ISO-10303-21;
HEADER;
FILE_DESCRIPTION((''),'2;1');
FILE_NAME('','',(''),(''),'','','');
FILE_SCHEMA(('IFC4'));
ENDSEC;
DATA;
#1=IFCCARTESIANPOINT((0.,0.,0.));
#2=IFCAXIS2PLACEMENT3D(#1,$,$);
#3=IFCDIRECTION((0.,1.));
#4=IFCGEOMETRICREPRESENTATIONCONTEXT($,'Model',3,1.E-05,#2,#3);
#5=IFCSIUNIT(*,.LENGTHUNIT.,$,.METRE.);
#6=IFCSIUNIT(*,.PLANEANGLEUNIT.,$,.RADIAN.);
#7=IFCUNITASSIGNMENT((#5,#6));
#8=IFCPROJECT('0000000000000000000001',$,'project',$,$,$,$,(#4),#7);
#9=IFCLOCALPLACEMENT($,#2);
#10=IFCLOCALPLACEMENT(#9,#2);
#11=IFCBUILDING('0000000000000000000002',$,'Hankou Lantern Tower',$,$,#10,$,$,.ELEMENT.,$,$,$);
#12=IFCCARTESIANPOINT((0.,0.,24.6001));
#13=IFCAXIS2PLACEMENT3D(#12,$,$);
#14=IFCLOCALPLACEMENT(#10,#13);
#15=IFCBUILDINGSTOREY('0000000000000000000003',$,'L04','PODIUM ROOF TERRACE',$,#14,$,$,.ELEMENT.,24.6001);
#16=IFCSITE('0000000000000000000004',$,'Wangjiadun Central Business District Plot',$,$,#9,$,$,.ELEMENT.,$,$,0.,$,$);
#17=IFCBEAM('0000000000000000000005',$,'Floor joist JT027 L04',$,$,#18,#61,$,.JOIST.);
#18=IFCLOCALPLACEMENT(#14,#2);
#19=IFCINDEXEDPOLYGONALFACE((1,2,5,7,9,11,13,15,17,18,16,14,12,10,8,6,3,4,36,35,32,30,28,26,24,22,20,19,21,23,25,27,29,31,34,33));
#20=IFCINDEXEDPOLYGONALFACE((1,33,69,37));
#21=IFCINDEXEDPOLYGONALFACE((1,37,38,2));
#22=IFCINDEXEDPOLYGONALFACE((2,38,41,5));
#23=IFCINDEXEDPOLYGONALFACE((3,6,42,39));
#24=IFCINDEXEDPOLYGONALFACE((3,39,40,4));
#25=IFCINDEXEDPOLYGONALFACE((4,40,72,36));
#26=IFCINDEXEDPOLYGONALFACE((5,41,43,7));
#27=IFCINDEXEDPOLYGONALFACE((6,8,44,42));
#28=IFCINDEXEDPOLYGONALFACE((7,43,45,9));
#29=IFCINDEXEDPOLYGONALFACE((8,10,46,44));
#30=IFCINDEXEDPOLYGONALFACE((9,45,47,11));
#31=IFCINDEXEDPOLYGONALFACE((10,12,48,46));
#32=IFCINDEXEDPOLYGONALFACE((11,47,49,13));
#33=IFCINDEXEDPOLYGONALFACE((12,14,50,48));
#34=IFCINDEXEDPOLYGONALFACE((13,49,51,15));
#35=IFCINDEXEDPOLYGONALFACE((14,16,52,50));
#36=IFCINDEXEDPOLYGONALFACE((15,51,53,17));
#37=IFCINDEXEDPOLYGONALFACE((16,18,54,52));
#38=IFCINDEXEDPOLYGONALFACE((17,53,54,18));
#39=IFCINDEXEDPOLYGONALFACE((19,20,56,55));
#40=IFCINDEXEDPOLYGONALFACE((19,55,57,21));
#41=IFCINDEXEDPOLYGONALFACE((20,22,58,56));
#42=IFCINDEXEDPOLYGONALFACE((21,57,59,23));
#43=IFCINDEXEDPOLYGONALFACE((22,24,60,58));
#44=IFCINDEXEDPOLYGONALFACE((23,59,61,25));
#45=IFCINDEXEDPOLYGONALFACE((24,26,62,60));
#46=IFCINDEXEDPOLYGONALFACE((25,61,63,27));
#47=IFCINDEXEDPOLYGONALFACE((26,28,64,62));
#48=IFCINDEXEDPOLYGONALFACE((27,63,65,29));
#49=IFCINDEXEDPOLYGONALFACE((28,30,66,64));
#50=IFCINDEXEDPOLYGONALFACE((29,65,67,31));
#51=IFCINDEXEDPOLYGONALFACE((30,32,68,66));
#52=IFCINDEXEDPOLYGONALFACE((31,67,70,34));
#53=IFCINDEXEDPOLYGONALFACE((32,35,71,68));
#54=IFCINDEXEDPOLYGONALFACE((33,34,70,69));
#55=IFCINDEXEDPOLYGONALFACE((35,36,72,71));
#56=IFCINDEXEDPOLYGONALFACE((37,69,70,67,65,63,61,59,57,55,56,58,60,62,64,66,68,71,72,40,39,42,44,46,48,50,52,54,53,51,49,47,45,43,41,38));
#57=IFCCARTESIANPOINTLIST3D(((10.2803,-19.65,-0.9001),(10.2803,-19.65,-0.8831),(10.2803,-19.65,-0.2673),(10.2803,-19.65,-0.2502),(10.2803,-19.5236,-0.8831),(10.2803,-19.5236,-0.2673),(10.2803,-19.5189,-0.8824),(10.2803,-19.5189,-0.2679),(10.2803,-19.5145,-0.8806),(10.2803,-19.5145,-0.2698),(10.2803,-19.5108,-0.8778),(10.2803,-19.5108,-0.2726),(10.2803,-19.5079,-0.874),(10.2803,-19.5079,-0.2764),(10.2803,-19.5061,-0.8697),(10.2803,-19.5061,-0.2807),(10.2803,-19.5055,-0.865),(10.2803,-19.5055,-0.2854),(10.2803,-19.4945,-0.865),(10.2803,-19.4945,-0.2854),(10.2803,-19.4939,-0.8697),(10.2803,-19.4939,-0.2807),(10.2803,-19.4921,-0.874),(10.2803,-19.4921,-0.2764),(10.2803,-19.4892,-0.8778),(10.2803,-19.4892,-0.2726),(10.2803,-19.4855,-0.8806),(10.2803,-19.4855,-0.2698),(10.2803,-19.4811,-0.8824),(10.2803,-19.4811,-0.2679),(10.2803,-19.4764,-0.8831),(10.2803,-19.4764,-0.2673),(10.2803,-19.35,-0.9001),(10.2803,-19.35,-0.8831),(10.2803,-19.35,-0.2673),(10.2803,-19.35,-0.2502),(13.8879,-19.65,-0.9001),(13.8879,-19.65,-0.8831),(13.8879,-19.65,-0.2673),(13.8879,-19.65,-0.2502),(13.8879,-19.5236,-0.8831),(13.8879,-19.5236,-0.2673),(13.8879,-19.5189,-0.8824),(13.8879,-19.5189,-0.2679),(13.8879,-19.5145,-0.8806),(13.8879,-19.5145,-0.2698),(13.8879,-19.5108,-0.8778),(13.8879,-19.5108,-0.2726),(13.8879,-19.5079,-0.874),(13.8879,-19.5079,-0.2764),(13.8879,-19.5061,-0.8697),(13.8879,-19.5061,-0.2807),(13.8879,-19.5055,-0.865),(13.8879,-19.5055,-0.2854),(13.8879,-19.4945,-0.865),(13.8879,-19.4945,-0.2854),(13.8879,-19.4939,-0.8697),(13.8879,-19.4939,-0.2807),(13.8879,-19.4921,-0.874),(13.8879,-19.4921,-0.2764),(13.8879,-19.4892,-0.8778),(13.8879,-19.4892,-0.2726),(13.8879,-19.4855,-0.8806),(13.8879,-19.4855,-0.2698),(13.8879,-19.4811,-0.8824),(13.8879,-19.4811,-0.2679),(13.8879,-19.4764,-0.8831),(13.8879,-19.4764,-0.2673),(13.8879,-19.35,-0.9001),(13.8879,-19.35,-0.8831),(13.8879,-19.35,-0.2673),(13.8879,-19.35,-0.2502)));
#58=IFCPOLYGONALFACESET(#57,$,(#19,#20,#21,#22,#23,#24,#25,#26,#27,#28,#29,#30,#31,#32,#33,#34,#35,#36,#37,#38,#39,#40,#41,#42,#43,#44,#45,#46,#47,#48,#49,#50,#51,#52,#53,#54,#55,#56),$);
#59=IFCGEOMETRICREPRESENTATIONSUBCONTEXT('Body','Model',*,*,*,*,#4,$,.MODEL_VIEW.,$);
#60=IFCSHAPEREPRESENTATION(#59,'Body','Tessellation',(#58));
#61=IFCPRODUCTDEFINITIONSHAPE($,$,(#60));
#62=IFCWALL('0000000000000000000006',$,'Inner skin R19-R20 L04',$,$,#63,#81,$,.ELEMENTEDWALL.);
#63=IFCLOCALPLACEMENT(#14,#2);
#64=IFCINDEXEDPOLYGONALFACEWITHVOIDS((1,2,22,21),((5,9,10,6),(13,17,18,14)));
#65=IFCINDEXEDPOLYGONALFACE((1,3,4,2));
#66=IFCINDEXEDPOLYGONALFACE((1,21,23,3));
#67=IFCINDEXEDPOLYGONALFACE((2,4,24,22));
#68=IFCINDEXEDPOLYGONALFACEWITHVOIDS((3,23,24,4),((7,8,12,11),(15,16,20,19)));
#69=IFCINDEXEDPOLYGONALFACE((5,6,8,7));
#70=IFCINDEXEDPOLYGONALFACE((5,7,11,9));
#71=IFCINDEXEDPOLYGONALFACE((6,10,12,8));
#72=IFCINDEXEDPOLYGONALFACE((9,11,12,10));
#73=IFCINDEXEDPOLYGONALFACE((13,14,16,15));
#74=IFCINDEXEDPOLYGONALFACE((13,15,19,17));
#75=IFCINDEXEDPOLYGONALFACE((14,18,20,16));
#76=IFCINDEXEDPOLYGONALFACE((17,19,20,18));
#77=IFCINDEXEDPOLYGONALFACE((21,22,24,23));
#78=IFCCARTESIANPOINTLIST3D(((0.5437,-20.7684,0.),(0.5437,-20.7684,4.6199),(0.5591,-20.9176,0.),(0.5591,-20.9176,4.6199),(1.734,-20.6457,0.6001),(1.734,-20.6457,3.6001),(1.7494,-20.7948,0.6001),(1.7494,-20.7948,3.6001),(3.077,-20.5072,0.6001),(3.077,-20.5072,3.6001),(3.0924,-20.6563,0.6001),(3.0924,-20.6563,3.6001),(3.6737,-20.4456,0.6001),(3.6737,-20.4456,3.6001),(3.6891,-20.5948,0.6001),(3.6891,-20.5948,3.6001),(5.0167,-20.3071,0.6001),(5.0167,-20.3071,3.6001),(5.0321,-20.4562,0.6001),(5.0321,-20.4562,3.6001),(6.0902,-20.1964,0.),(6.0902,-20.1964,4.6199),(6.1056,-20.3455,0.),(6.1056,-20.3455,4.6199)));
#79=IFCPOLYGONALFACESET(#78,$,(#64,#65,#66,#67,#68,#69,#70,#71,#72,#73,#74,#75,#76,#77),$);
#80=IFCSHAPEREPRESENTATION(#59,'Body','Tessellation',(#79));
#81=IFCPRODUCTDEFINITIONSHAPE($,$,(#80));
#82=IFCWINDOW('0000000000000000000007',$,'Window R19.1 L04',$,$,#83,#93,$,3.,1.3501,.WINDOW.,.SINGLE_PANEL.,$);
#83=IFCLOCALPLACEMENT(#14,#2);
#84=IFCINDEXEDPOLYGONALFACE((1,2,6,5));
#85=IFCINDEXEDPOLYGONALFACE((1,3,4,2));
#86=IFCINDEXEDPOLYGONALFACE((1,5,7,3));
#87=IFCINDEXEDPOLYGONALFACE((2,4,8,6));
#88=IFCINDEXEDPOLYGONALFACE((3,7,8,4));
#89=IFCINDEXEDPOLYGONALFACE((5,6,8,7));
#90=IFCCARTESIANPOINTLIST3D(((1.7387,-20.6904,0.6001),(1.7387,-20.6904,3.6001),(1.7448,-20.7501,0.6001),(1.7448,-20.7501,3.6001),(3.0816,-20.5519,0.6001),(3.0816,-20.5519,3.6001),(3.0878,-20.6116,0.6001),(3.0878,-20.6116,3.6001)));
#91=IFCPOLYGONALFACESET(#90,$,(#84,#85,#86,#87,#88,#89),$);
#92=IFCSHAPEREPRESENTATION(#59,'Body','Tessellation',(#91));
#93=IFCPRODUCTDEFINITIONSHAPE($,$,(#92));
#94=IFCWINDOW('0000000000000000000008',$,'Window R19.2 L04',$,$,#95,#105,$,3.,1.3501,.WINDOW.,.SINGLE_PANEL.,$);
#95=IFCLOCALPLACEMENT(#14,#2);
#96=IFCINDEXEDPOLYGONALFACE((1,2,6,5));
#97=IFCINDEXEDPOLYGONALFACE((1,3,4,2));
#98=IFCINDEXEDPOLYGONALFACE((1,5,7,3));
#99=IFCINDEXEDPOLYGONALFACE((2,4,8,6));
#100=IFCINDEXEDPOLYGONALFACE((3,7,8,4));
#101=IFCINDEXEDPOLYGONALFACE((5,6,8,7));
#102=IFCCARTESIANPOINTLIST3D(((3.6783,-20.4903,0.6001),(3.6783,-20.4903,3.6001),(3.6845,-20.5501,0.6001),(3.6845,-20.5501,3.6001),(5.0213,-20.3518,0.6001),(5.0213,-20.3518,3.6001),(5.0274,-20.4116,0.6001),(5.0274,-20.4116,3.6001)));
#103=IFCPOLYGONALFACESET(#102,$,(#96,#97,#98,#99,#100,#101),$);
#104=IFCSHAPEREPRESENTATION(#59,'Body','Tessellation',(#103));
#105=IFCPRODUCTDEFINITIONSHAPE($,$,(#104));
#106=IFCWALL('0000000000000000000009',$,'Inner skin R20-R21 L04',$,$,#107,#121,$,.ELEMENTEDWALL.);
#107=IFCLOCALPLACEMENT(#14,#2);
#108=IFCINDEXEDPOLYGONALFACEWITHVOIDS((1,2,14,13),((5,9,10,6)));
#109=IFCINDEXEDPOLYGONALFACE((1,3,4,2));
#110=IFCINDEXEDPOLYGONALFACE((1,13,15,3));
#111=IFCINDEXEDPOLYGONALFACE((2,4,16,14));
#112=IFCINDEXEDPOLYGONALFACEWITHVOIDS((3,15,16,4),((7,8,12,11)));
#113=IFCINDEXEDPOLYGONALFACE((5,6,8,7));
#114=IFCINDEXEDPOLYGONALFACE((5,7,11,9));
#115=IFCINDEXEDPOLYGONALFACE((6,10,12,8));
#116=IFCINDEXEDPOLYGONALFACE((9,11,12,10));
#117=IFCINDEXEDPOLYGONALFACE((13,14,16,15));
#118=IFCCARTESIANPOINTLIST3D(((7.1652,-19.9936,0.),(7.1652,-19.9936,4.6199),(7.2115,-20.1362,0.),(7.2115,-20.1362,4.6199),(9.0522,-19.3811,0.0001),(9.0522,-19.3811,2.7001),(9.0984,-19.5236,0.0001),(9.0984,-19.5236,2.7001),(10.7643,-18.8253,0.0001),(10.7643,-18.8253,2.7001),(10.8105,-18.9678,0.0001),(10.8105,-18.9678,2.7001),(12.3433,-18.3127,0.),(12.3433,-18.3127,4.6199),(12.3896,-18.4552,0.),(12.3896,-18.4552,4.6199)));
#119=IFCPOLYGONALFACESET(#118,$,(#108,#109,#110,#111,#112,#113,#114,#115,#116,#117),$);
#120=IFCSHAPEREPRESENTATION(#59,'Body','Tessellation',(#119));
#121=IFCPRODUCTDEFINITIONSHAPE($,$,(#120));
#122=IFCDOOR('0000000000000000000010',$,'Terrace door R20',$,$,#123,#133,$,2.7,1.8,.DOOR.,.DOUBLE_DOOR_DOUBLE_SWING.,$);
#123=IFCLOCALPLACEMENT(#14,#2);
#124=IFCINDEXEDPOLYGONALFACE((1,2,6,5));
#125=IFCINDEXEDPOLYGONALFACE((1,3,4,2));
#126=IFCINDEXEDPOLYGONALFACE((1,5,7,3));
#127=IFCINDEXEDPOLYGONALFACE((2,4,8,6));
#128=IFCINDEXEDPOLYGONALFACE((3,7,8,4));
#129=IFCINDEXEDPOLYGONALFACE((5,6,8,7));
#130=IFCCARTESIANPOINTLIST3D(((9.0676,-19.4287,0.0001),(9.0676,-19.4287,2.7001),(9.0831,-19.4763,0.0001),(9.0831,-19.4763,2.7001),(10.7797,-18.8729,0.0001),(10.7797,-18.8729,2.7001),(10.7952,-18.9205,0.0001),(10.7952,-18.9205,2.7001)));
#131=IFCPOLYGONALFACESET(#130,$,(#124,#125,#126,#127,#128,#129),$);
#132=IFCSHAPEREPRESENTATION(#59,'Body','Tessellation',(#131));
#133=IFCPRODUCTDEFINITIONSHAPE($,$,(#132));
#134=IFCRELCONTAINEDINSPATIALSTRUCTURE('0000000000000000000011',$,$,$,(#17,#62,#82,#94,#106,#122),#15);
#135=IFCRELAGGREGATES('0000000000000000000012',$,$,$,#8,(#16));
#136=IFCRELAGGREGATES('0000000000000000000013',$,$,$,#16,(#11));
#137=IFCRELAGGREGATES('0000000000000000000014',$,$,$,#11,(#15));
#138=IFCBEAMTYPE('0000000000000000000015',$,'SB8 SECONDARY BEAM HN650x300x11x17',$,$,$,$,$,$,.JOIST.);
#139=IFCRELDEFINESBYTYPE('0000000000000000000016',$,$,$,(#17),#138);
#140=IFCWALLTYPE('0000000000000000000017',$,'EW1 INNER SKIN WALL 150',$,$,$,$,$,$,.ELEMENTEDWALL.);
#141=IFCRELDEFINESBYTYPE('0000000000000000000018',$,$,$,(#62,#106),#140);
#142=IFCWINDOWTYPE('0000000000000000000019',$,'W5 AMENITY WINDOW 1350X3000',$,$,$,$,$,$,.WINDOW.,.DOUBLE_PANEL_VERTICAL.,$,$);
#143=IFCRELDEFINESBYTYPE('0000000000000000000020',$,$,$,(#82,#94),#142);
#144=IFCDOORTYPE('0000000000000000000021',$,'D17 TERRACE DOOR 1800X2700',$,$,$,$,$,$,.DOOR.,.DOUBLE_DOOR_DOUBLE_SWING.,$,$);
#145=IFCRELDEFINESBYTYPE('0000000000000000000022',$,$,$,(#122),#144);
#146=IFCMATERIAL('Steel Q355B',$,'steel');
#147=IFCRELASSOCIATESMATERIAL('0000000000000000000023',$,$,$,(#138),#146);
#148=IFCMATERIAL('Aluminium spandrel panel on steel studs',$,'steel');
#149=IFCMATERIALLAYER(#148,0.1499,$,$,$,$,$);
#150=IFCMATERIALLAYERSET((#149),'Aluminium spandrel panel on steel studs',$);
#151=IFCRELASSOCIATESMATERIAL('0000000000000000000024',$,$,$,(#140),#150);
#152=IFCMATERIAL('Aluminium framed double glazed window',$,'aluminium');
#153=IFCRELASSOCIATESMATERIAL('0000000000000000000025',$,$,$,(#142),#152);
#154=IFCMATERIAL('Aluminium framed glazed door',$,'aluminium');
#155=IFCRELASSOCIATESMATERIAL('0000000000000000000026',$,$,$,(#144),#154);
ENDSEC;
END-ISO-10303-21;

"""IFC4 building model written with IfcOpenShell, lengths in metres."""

from ifc_helpers import new_model, si_unit, direction, frame, frame_2d, origin, origin_2d, place, context, subcontext, project, spatial, rectangle, i_section, extrude, material, layer, layer_set, material_profile, profile_set, type_object, element, fill, save


model = new_model("IFC4")

# Units and contexts
model_context = context("Model", 3, precision=1e-05, world=origin(), true_north=direction((0.0, 1.0)))
body_context = subcontext(model_context, "Body", "Model", "MODEL_VIEW")
ifc_project = project(units=[si_unit("LENGTHUNIT", "METRE"), si_unit("PLANEANGLEUNIT", "RADIAN")], contexts=[model_context])

# Site, building, storey
site_placement = place(None, origin())
site = spatial("IfcSite", under=ifc_project, at=site_placement, Name="Wangjiadun Central Business District Plot", CompositionType="ELEMENT", RefElevation=0.0)
building_placement = place(site_placement, origin())
building = spatial("IfcBuilding", under=site, at=building_placement, Name="Hankou Lantern Tower", CompositionType="ELEMENT")
storey_placement = place(building_placement, frame((0.0, 0.0, 24.6001)))
storey = spatial("IfcBuildingStorey", under=building, at=storey_placement, Name="L04", Description="PODIUM ROOF TERRACE", CompositionType="ELEMENT", Elevation=24.6001)

# Beam
ifc_material_1 = material(Name="Steel Q355B", Category="steel")
ifc_material_profile_1 = material_profile(ifc_material_1, i_section(OverallWidth=0.3, OverallDepth=0.6499, WebThickness=0.011, FlangeThickness=0.0171, FilletRadius=0.0181, at=origin_2d()), Name="HN650x300x11x17")
ifc_profile_set_1 = profile_set([ifc_material_profile_1], Name="Steel Q355B")
beam_type_1 = type_object("IfcBeamType", Name="SB8 SECONDARY BEAM HN650x300x11x17", PredefinedType="JOIST", material=ifc_profile_set_1)
beam_1_placement = place(storey_placement, frame((10.2803, -19.5, -0.5752), z_axis=(1.0, 0.0, 0.0), x_axis=(0.0, 1.0, 0.0)))
element("IfcBeam", 1, at=beam_1_placement, inside=storey, type_object=beam_type_1, Name="Floor joist JT027 L04", PredefinedType="JOIST", context=body_context, shape_type="SweptSolid", body=[
    extrude(i_section(OverallWidth=0.3, OverallDepth=0.6499, WebThickness=0.011, FlangeThickness=0.0171, FilletRadius=0.0181, at=origin_2d()), origin(), (0.0, 0.0, 1.0), 3.6077),
])

# Wall, openings, windows
ifc_material_2 = material(Name="Aluminium spandrel panel on steel studs", Category="steel")
ifc_layer = layer(ifc_material_2, 0.1499)
ifc_layer_set = layer_set([ifc_layer], Name="Aluminium spandrel panel on steel studs")
wall_type = type_object("IfcWallType", Name="EW1 INNER SKIN WALL 150", PredefinedType="ELEMENTEDWALL", material=ifc_layer_set)
wall_1_placement = place(storey_placement, frame((0.5513, -20.843, 0.0), z_axis=(0.0, 0.0, 1.0), x_axis=(0.994724, 0.10259, 0.0)))
wall_1 = element("IfcWall", 2, at=wall_1_placement, inside=storey, type_object=wall_type, Name="Inner skin R19-R20 L04", PredefinedType="ELEMENTEDWALL", context=body_context, shape_type="SweptSolid", body=[
    extrude(rectangle(XDim=5.5759, YDim=0.1499, at=frame_2d((2.7881, 0.0))), origin(), (0.0, 0.0, 1.0), 4.6199),
])
opening_1_placement = place(wall_1_placement, frame((1.1968, 0.0, 0.6001)))
opening_1 = element("IfcOpeningElement", 3, at=opening_1_placement, cuts=wall_1, PredefinedType="OPENING", context=body_context, shape_type="SweptSolid", body=[
    extrude(rectangle(XDim=1.3501, YDim=3.0, at=frame_2d((0.675, 1.5))), frame((0.0, 0.085, 0.0), z_axis=(0.0, -1.0, 0.0), x_axis=(1.0, 0.0, 0.0)), (0.0, 0.0, 1.0), 0.1699),
])
opening_2_placement = place(wall_1_placement, frame((3.1467, 0.0, 0.6001)))
opening_2 = element("IfcOpeningElement", 4, at=opening_2_placement, cuts=wall_1, PredefinedType="OPENING", context=body_context, shape_type="SweptSolid", body=[
    extrude(rectangle(XDim=1.3501, YDim=3.0, at=frame_2d((0.675, 1.5))), frame((0.0, 0.085, 0.0), z_axis=(0.0, -1.0, 0.0), x_axis=(1.0, 0.0, 0.0)), (0.0, 0.0, 1.0), 0.1699),
])
ifc_material_3 = material(Name="Aluminium framed double glazed window", Category="aluminium")
window_type = type_object("IfcWindowType", Name="W5 AMENITY WINDOW 1350X3000", PartitioningType="DOUBLE_PANEL_VERTICAL", PredefinedType="WINDOW", material=ifc_material_3)
window_1_placement = place(opening_1_placement, origin())
window_1 = element("IfcWindow", 5, at=window_1_placement, inside=storey, type_object=window_type, Name="Window R19.1 L04", OverallHeight=3.0, OverallWidth=1.3501, PartitioningType="SINGLE_PANEL", PredefinedType="WINDOW", context=body_context, shape_type="SweptSolid", body=[
    extrude(rectangle(XDim=1.3501, YDim=3.0, at=frame_2d((0.675, 1.5))), frame((0.0, 0.03, 0.0), z_axis=(0.0, -1.0, 0.0), x_axis=(1.0, 0.0, 0.0)), (0.0, 0.0, 1.0), 0.0601),
])
fill(opening_1, window_1)
window_2_placement = place(opening_2_placement, origin())
window_2 = element("IfcWindow", 6, at=window_2_placement, inside=storey, type_object=window_type, Name="Window R19.2 L04", OverallHeight=3.0, OverallWidth=1.3501, PartitioningType="SINGLE_PANEL", PredefinedType="WINDOW", context=body_context, shape_type="SweptSolid", body=[
    extrude(rectangle(XDim=1.3501, YDim=3.0, at=frame_2d((0.675, 1.5))), frame((0.0, 0.03, 0.0), z_axis=(0.0, -1.0, 0.0), x_axis=(1.0, 0.0, 0.0)), (0.0, 0.0, 1.0), 0.0601),
])
fill(opening_2, window_2)

# Wall, opening, door
wall_2_placement = place(storey_placement, frame((7.1882, -20.0649, 0.0), z_axis=(0.0, 0.0, 1.0), x_axis=(0.951138, 0.308765, 0.0)))
wall_2 = element("IfcWall", 7, at=wall_2_placement, inside=storey, type_object=wall_type, Name="Inner skin R20-R21 L04", PredefinedType="ELEMENTEDWALL", context=body_context, shape_type="SweptSolid", body=[
    extrude(rectangle(XDim=5.4441, YDim=0.1499, at=frame_2d((2.7222, 0.0))), origin(), (0.0, 0.0, 1.0), 4.6199),
])
opening_3_placement = place(wall_2_placement, frame((1.9841, 0.0, 0.0)))
opening_3 = element("IfcOpeningElement", 8, at=opening_3_placement, cuts=wall_2, PredefinedType="OPENING", context=body_context, shape_type="SweptSolid", body=[
    extrude(rectangle(XDim=1.8, YDim=2.7, at=frame_2d((0.8999, 1.3501))), frame((0.0, 0.085, 0.0), z_axis=(0.0, -1.0, 0.0), x_axis=(1.0, 0.0, 0.0)), (0.0, 0.0, 1.0), 0.1699),
])
ifc_material_4 = material(Name="Aluminium framed glazed door", Category="aluminium")
door_type = type_object("IfcDoorType", Name="D17 TERRACE DOOR 1800X2700", OperationType="DOUBLE_DOOR_DOUBLE_SWING", PredefinedType="DOOR", material=ifc_material_4)
door_placement = place(opening_3_placement, origin())
door = element("IfcDoor", 9, at=door_placement, inside=storey, type_object=door_type, Name="Terrace door R20", OperationType="DOUBLE_DOOR_DOUBLE_SWING", OverallHeight=2.7, OverallWidth=1.8, PredefinedType="DOOR", context=body_context, shape_type="SweptSolid", body=[
    extrude(rectangle(XDim=1.8, YDim=2.7, at=frame_2d((0.8999, 1.3501))), frame((0.0, 0.0249, 0.0), z_axis=(0.0, -1.0, 0.0), x_axis=(1.0, 0.0, 0.0)), (0.0, 0.0, 1.0), 0.05),
])
fill(opening_3, door)

save(model, "model.ifc")
